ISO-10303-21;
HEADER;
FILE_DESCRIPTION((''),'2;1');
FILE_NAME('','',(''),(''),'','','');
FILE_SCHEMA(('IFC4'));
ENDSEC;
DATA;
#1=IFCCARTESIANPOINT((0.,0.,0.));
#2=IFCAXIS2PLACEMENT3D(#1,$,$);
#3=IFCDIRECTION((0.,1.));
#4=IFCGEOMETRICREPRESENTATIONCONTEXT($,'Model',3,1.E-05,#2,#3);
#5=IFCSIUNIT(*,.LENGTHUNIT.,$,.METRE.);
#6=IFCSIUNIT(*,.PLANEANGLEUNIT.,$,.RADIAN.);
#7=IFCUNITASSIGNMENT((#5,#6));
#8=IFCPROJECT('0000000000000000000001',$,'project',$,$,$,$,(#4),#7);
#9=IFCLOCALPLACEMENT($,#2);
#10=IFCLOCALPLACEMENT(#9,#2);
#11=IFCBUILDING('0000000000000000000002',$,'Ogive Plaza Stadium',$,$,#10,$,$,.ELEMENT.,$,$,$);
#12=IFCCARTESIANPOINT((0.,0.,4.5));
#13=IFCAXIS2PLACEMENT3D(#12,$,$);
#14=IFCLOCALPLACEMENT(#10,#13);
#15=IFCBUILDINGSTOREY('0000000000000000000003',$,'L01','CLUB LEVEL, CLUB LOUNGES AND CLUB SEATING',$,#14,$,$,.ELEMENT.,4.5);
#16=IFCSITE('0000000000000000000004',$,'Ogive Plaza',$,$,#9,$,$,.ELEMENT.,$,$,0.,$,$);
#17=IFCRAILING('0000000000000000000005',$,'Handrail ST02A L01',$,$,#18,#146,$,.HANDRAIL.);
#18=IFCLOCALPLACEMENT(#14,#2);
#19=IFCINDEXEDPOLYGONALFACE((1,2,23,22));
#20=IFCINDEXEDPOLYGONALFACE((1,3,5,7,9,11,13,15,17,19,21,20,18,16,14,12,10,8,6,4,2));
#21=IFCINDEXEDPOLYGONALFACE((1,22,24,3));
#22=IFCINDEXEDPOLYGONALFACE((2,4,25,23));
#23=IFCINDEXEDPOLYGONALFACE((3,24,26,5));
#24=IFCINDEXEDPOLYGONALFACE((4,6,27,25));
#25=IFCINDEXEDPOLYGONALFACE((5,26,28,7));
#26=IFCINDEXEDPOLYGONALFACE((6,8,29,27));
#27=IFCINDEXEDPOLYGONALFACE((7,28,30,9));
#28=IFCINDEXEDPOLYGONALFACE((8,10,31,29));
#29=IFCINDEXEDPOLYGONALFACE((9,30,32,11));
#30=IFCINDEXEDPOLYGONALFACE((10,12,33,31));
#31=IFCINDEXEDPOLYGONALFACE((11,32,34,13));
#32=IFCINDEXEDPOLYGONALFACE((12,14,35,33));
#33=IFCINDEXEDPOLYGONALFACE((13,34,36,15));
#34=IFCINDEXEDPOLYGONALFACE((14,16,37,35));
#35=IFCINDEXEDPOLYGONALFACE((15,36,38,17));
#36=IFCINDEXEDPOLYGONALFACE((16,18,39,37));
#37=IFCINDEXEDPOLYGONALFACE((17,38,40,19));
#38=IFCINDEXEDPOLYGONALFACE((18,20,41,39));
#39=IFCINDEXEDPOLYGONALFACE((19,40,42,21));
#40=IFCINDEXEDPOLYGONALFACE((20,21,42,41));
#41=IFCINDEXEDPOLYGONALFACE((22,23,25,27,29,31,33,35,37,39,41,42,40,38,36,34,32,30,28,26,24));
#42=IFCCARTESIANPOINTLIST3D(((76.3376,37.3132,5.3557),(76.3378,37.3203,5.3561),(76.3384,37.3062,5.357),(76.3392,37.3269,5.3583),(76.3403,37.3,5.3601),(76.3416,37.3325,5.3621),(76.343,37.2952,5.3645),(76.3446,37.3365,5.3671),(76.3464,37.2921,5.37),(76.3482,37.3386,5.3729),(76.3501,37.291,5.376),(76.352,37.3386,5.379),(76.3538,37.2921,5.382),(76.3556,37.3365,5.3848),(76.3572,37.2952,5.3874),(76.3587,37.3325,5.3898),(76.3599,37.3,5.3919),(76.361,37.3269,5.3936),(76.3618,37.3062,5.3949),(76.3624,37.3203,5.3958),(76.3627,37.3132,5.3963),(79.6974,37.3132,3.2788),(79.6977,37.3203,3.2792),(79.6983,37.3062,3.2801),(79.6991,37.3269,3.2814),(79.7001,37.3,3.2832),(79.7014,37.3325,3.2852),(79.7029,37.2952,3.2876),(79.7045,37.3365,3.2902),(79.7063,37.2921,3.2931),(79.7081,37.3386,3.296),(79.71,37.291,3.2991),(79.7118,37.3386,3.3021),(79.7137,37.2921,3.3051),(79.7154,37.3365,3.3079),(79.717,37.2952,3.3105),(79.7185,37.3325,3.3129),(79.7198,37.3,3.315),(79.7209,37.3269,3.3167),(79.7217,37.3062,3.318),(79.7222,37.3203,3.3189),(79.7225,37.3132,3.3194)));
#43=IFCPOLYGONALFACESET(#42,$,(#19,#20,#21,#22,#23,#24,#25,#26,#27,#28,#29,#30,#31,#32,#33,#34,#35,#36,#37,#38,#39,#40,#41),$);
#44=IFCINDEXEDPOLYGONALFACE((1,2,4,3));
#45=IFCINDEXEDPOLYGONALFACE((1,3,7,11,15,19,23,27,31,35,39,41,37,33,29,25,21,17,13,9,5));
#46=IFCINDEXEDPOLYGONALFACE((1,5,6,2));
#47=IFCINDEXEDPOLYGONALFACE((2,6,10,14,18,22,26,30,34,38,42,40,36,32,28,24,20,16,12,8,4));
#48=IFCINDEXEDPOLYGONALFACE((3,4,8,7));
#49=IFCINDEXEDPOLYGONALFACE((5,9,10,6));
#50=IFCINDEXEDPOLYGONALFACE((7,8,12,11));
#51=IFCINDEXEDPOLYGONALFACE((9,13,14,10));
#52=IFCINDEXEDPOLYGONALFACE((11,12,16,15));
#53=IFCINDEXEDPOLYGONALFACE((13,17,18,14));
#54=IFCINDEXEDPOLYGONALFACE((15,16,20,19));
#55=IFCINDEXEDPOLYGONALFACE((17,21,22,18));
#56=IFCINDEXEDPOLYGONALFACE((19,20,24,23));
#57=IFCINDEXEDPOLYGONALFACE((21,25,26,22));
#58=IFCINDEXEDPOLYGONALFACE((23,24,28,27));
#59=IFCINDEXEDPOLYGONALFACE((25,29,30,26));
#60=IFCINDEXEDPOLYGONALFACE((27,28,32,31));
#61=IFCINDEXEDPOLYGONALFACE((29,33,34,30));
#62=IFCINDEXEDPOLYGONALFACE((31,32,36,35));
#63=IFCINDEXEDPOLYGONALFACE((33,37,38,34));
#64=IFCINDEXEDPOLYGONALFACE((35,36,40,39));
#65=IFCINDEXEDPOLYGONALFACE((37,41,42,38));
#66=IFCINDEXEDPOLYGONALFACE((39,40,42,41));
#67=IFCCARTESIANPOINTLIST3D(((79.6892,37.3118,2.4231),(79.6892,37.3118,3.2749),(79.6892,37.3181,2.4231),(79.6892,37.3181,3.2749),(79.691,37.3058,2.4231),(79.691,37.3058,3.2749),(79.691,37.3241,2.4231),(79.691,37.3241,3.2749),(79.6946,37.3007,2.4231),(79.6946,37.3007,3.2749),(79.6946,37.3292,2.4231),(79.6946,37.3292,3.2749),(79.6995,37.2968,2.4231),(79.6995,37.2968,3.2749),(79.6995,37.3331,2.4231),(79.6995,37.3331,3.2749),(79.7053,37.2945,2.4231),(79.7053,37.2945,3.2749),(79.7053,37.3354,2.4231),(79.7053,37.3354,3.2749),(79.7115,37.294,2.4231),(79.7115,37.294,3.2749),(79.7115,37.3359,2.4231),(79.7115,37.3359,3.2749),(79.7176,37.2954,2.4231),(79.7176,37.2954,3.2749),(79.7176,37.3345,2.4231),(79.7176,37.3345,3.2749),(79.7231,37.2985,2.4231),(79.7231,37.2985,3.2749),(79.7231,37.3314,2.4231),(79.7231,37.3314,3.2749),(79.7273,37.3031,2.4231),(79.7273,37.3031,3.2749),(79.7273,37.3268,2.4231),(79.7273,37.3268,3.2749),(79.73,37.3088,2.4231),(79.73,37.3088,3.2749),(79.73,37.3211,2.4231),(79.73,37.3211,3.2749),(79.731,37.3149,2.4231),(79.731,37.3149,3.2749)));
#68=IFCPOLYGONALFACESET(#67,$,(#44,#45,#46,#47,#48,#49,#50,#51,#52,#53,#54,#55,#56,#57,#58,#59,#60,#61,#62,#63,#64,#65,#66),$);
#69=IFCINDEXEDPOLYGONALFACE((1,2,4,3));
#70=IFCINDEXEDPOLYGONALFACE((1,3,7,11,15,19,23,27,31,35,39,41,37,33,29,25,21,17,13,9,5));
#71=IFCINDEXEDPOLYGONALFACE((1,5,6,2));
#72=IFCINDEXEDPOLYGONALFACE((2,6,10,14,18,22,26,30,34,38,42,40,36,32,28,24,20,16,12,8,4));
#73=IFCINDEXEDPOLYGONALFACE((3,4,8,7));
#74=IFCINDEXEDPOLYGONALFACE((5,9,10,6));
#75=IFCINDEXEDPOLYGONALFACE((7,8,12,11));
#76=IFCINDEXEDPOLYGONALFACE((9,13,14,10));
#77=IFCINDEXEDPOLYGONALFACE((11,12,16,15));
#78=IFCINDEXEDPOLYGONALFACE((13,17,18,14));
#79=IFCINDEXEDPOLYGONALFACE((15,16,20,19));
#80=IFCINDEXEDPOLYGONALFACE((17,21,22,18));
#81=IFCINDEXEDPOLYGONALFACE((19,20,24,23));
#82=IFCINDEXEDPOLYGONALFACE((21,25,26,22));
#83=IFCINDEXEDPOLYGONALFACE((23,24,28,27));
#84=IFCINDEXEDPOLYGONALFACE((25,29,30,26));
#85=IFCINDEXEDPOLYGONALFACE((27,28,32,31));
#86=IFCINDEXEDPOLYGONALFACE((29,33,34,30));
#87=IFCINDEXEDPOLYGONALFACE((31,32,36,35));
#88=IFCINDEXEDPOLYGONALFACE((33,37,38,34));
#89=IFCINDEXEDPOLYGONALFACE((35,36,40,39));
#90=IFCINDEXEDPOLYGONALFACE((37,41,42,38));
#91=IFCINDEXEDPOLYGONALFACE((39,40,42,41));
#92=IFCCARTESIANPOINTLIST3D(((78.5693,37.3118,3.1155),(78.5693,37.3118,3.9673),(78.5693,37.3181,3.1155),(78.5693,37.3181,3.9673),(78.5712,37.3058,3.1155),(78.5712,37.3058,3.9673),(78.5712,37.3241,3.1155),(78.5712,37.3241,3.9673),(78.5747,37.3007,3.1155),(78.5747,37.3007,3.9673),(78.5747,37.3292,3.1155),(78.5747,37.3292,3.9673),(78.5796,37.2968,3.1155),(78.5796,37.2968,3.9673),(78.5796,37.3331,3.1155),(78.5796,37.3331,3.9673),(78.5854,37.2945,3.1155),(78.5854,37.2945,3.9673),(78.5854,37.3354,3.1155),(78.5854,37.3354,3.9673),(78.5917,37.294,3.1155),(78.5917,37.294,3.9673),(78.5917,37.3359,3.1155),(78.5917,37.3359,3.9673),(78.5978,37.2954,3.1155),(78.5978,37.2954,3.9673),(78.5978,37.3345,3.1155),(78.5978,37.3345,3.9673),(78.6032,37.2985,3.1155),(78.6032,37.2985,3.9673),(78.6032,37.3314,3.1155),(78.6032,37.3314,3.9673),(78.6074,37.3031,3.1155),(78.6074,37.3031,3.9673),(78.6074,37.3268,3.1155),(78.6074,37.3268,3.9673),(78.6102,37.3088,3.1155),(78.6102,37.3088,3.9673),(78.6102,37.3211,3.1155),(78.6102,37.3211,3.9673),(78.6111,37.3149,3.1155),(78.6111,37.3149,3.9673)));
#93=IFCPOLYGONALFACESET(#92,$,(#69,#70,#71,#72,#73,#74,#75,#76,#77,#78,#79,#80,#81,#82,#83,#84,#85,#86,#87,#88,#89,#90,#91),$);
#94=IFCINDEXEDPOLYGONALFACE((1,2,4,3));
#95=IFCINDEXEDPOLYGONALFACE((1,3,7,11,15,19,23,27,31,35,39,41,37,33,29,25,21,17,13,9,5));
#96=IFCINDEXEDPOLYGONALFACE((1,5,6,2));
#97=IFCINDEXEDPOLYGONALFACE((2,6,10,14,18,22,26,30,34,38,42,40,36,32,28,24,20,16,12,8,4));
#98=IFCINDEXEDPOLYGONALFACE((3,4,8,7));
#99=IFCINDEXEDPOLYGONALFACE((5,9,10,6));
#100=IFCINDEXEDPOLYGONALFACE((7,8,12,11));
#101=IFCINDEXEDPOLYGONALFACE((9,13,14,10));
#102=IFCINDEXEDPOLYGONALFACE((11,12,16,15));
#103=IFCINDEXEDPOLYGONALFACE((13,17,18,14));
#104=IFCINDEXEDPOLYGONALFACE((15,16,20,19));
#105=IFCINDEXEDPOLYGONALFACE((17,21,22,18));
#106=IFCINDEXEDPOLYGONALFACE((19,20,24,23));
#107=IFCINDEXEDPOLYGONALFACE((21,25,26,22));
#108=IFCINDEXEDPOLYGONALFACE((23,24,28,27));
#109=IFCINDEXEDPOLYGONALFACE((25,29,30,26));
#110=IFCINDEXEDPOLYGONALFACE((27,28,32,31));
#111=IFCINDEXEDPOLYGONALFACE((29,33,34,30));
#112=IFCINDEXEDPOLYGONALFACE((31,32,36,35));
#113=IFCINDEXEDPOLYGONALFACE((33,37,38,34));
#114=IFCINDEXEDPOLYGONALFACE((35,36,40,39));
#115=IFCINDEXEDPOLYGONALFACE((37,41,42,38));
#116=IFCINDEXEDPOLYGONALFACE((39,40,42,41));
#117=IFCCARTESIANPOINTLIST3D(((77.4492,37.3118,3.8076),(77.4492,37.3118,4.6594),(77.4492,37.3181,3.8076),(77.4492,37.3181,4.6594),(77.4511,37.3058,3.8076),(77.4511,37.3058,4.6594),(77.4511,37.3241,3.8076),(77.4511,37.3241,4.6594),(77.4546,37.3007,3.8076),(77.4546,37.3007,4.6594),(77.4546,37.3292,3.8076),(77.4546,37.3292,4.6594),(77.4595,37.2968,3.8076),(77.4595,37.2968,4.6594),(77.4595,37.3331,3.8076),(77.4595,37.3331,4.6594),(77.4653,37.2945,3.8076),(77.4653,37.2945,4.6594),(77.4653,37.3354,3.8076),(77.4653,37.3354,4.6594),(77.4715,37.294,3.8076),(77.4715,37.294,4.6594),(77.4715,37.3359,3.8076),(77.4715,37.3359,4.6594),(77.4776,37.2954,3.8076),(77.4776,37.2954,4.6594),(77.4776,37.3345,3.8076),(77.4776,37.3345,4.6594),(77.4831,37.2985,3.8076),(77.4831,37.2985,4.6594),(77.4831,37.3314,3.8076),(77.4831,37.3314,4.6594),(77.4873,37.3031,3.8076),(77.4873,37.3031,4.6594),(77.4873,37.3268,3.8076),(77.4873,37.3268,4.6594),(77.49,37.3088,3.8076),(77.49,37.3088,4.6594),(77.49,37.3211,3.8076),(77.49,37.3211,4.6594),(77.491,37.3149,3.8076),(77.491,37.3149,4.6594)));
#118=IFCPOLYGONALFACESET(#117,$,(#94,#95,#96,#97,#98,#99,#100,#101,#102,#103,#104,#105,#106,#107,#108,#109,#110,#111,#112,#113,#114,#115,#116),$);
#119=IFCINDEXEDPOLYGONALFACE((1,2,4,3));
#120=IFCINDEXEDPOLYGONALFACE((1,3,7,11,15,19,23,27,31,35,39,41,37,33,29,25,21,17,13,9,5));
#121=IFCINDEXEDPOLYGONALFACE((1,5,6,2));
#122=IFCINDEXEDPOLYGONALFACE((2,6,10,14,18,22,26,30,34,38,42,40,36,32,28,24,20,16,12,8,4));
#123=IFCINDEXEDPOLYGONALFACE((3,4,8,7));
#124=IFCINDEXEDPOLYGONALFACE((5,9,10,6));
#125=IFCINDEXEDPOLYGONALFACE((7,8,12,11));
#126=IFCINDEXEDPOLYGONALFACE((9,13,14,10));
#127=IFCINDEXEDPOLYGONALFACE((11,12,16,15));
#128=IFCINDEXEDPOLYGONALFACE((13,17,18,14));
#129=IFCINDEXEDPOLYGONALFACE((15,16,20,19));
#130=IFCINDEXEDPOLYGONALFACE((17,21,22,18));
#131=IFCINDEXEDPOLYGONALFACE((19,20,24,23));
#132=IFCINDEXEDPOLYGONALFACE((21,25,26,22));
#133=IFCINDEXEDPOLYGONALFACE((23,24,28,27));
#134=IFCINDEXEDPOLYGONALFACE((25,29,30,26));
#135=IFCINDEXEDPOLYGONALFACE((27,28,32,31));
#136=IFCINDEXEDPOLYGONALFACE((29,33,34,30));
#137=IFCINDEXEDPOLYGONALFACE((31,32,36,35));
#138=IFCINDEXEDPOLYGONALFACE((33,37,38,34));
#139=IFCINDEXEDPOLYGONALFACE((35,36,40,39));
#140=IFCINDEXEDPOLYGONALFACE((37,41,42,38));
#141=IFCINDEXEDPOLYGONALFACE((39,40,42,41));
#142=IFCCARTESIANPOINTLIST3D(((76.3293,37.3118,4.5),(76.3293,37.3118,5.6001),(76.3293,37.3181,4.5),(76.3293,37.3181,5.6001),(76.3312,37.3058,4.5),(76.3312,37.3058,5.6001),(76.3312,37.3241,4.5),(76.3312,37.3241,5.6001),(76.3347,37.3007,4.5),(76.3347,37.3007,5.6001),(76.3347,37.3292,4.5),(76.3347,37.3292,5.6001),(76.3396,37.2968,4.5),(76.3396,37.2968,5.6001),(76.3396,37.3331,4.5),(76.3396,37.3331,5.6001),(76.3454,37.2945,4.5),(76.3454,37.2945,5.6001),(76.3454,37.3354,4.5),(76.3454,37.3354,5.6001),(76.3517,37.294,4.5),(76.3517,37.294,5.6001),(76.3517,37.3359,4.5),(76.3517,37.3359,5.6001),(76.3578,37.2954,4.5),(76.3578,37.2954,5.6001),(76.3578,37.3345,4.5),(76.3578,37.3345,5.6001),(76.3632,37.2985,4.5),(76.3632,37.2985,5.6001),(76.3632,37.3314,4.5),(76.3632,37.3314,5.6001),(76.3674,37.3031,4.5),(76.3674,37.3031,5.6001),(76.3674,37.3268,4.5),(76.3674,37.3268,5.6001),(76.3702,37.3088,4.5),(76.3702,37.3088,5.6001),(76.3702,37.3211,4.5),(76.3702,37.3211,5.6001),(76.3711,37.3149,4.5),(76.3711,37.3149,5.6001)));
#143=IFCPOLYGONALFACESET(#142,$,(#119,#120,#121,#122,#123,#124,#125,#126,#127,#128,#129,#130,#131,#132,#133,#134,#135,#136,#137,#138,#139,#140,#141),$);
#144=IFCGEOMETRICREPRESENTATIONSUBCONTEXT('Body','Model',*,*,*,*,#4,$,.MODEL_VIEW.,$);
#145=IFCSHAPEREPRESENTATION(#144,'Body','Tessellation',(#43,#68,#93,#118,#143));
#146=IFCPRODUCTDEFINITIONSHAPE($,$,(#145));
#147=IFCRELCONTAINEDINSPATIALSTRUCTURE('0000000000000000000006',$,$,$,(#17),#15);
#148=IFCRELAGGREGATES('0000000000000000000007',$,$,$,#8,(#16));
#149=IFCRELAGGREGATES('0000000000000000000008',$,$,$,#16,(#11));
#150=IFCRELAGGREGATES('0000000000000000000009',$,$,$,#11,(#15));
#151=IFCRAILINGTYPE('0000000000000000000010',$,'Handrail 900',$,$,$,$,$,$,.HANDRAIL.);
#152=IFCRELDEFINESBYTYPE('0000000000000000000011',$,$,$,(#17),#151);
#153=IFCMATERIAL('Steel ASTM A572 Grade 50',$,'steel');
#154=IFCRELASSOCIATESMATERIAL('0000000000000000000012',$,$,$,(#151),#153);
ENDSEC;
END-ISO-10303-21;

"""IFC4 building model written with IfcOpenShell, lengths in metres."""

from ifc_helpers import new_model, si_unit, direction, frame, origin, origin_2d, place, context, subcontext, project, spatial, circle, extrude, material, type_object, element, save


model = new_model("IFC4")

# Units and contexts
model_context = context("Model", 3, precision=1e-05, world=origin(), true_north=direction((0.0, 1.0)))
body_context = subcontext(model_context, "Body", "Model", "MODEL_VIEW")
ifc_project = project(units=[si_unit("LENGTHUNIT", "METRE"), si_unit("PLANEANGLEUNIT", "RADIAN")], contexts=[model_context])

# Site, building, storey
site_placement = place(None, origin())
site = spatial("IfcSite", under=ifc_project, at=site_placement, Name="Ogive Plaza", CompositionType="ELEMENT", RefElevation=0.0)
building_placement = place(site_placement, origin())
building = spatial("IfcBuilding", under=site, at=building_placement, Name="Ogive Plaza Stadium", CompositionType="ELEMENT")
storey_placement = place(building_placement, frame((0.0, 0.0, 4.5)))
storey = spatial("IfcBuildingStorey", under=building, at=storey_placement, Name="L01", Description="CLUB LEVEL, CLUB LOUNGES AND CLUB SEATING", CompositionType="ELEMENT", Elevation=4.5)

# Railing
ifc_material_1 = material(Name="Steel ASTM A572 Grade 50", Category="steel")
railing_type_1 = type_object("IfcRailingType", Name="Handrail 900", PredefinedType="HANDRAIL", material=ifc_material_1)
for number, where, name in (
    (1, (79.71, 37.3149, 2.4231), "Handrail ST02A L01"),
):
    element("IfcRailing", number, at=place(storey_placement, frame(where)), inside=storey, type_object=railing_type_1, Name=name, PredefinedType="HANDRAIL", context=body_context, shape_type="SweptSolid", body=[
        extrude(circle(Radius=0.0239, at=origin_2d()), frame((0.0, 0.0, 0.876), z_axis=(-0.850606, 0.0, 0.525803), x_axis=(0.0, -1.0, 0.0)), (0.0, 0.0, 1.0), 3.95),
        extrude(circle(Radius=0.021, at=origin_2d()), origin(), (0.0, 0.0, 1.0), 0.8518),
        extrude(circle(Radius=0.021, at=origin_2d()), frame((-1.1199, 0.0, 0.6924)), (0.0, 0.0, 1.0), 0.8518),
        extrude(circle(Radius=0.021, at=origin_2d()), frame((-2.24, 0.0, 1.3845)), (0.0, 0.0, 1.0), 0.8518),
        extrude(circle(Radius=0.021, at=origin_2d()), frame((-3.3599, 0.0, 2.0769)), (0.0, 0.0, 1.0), 1.1001),
    ])

save(model, "model.ifc")
